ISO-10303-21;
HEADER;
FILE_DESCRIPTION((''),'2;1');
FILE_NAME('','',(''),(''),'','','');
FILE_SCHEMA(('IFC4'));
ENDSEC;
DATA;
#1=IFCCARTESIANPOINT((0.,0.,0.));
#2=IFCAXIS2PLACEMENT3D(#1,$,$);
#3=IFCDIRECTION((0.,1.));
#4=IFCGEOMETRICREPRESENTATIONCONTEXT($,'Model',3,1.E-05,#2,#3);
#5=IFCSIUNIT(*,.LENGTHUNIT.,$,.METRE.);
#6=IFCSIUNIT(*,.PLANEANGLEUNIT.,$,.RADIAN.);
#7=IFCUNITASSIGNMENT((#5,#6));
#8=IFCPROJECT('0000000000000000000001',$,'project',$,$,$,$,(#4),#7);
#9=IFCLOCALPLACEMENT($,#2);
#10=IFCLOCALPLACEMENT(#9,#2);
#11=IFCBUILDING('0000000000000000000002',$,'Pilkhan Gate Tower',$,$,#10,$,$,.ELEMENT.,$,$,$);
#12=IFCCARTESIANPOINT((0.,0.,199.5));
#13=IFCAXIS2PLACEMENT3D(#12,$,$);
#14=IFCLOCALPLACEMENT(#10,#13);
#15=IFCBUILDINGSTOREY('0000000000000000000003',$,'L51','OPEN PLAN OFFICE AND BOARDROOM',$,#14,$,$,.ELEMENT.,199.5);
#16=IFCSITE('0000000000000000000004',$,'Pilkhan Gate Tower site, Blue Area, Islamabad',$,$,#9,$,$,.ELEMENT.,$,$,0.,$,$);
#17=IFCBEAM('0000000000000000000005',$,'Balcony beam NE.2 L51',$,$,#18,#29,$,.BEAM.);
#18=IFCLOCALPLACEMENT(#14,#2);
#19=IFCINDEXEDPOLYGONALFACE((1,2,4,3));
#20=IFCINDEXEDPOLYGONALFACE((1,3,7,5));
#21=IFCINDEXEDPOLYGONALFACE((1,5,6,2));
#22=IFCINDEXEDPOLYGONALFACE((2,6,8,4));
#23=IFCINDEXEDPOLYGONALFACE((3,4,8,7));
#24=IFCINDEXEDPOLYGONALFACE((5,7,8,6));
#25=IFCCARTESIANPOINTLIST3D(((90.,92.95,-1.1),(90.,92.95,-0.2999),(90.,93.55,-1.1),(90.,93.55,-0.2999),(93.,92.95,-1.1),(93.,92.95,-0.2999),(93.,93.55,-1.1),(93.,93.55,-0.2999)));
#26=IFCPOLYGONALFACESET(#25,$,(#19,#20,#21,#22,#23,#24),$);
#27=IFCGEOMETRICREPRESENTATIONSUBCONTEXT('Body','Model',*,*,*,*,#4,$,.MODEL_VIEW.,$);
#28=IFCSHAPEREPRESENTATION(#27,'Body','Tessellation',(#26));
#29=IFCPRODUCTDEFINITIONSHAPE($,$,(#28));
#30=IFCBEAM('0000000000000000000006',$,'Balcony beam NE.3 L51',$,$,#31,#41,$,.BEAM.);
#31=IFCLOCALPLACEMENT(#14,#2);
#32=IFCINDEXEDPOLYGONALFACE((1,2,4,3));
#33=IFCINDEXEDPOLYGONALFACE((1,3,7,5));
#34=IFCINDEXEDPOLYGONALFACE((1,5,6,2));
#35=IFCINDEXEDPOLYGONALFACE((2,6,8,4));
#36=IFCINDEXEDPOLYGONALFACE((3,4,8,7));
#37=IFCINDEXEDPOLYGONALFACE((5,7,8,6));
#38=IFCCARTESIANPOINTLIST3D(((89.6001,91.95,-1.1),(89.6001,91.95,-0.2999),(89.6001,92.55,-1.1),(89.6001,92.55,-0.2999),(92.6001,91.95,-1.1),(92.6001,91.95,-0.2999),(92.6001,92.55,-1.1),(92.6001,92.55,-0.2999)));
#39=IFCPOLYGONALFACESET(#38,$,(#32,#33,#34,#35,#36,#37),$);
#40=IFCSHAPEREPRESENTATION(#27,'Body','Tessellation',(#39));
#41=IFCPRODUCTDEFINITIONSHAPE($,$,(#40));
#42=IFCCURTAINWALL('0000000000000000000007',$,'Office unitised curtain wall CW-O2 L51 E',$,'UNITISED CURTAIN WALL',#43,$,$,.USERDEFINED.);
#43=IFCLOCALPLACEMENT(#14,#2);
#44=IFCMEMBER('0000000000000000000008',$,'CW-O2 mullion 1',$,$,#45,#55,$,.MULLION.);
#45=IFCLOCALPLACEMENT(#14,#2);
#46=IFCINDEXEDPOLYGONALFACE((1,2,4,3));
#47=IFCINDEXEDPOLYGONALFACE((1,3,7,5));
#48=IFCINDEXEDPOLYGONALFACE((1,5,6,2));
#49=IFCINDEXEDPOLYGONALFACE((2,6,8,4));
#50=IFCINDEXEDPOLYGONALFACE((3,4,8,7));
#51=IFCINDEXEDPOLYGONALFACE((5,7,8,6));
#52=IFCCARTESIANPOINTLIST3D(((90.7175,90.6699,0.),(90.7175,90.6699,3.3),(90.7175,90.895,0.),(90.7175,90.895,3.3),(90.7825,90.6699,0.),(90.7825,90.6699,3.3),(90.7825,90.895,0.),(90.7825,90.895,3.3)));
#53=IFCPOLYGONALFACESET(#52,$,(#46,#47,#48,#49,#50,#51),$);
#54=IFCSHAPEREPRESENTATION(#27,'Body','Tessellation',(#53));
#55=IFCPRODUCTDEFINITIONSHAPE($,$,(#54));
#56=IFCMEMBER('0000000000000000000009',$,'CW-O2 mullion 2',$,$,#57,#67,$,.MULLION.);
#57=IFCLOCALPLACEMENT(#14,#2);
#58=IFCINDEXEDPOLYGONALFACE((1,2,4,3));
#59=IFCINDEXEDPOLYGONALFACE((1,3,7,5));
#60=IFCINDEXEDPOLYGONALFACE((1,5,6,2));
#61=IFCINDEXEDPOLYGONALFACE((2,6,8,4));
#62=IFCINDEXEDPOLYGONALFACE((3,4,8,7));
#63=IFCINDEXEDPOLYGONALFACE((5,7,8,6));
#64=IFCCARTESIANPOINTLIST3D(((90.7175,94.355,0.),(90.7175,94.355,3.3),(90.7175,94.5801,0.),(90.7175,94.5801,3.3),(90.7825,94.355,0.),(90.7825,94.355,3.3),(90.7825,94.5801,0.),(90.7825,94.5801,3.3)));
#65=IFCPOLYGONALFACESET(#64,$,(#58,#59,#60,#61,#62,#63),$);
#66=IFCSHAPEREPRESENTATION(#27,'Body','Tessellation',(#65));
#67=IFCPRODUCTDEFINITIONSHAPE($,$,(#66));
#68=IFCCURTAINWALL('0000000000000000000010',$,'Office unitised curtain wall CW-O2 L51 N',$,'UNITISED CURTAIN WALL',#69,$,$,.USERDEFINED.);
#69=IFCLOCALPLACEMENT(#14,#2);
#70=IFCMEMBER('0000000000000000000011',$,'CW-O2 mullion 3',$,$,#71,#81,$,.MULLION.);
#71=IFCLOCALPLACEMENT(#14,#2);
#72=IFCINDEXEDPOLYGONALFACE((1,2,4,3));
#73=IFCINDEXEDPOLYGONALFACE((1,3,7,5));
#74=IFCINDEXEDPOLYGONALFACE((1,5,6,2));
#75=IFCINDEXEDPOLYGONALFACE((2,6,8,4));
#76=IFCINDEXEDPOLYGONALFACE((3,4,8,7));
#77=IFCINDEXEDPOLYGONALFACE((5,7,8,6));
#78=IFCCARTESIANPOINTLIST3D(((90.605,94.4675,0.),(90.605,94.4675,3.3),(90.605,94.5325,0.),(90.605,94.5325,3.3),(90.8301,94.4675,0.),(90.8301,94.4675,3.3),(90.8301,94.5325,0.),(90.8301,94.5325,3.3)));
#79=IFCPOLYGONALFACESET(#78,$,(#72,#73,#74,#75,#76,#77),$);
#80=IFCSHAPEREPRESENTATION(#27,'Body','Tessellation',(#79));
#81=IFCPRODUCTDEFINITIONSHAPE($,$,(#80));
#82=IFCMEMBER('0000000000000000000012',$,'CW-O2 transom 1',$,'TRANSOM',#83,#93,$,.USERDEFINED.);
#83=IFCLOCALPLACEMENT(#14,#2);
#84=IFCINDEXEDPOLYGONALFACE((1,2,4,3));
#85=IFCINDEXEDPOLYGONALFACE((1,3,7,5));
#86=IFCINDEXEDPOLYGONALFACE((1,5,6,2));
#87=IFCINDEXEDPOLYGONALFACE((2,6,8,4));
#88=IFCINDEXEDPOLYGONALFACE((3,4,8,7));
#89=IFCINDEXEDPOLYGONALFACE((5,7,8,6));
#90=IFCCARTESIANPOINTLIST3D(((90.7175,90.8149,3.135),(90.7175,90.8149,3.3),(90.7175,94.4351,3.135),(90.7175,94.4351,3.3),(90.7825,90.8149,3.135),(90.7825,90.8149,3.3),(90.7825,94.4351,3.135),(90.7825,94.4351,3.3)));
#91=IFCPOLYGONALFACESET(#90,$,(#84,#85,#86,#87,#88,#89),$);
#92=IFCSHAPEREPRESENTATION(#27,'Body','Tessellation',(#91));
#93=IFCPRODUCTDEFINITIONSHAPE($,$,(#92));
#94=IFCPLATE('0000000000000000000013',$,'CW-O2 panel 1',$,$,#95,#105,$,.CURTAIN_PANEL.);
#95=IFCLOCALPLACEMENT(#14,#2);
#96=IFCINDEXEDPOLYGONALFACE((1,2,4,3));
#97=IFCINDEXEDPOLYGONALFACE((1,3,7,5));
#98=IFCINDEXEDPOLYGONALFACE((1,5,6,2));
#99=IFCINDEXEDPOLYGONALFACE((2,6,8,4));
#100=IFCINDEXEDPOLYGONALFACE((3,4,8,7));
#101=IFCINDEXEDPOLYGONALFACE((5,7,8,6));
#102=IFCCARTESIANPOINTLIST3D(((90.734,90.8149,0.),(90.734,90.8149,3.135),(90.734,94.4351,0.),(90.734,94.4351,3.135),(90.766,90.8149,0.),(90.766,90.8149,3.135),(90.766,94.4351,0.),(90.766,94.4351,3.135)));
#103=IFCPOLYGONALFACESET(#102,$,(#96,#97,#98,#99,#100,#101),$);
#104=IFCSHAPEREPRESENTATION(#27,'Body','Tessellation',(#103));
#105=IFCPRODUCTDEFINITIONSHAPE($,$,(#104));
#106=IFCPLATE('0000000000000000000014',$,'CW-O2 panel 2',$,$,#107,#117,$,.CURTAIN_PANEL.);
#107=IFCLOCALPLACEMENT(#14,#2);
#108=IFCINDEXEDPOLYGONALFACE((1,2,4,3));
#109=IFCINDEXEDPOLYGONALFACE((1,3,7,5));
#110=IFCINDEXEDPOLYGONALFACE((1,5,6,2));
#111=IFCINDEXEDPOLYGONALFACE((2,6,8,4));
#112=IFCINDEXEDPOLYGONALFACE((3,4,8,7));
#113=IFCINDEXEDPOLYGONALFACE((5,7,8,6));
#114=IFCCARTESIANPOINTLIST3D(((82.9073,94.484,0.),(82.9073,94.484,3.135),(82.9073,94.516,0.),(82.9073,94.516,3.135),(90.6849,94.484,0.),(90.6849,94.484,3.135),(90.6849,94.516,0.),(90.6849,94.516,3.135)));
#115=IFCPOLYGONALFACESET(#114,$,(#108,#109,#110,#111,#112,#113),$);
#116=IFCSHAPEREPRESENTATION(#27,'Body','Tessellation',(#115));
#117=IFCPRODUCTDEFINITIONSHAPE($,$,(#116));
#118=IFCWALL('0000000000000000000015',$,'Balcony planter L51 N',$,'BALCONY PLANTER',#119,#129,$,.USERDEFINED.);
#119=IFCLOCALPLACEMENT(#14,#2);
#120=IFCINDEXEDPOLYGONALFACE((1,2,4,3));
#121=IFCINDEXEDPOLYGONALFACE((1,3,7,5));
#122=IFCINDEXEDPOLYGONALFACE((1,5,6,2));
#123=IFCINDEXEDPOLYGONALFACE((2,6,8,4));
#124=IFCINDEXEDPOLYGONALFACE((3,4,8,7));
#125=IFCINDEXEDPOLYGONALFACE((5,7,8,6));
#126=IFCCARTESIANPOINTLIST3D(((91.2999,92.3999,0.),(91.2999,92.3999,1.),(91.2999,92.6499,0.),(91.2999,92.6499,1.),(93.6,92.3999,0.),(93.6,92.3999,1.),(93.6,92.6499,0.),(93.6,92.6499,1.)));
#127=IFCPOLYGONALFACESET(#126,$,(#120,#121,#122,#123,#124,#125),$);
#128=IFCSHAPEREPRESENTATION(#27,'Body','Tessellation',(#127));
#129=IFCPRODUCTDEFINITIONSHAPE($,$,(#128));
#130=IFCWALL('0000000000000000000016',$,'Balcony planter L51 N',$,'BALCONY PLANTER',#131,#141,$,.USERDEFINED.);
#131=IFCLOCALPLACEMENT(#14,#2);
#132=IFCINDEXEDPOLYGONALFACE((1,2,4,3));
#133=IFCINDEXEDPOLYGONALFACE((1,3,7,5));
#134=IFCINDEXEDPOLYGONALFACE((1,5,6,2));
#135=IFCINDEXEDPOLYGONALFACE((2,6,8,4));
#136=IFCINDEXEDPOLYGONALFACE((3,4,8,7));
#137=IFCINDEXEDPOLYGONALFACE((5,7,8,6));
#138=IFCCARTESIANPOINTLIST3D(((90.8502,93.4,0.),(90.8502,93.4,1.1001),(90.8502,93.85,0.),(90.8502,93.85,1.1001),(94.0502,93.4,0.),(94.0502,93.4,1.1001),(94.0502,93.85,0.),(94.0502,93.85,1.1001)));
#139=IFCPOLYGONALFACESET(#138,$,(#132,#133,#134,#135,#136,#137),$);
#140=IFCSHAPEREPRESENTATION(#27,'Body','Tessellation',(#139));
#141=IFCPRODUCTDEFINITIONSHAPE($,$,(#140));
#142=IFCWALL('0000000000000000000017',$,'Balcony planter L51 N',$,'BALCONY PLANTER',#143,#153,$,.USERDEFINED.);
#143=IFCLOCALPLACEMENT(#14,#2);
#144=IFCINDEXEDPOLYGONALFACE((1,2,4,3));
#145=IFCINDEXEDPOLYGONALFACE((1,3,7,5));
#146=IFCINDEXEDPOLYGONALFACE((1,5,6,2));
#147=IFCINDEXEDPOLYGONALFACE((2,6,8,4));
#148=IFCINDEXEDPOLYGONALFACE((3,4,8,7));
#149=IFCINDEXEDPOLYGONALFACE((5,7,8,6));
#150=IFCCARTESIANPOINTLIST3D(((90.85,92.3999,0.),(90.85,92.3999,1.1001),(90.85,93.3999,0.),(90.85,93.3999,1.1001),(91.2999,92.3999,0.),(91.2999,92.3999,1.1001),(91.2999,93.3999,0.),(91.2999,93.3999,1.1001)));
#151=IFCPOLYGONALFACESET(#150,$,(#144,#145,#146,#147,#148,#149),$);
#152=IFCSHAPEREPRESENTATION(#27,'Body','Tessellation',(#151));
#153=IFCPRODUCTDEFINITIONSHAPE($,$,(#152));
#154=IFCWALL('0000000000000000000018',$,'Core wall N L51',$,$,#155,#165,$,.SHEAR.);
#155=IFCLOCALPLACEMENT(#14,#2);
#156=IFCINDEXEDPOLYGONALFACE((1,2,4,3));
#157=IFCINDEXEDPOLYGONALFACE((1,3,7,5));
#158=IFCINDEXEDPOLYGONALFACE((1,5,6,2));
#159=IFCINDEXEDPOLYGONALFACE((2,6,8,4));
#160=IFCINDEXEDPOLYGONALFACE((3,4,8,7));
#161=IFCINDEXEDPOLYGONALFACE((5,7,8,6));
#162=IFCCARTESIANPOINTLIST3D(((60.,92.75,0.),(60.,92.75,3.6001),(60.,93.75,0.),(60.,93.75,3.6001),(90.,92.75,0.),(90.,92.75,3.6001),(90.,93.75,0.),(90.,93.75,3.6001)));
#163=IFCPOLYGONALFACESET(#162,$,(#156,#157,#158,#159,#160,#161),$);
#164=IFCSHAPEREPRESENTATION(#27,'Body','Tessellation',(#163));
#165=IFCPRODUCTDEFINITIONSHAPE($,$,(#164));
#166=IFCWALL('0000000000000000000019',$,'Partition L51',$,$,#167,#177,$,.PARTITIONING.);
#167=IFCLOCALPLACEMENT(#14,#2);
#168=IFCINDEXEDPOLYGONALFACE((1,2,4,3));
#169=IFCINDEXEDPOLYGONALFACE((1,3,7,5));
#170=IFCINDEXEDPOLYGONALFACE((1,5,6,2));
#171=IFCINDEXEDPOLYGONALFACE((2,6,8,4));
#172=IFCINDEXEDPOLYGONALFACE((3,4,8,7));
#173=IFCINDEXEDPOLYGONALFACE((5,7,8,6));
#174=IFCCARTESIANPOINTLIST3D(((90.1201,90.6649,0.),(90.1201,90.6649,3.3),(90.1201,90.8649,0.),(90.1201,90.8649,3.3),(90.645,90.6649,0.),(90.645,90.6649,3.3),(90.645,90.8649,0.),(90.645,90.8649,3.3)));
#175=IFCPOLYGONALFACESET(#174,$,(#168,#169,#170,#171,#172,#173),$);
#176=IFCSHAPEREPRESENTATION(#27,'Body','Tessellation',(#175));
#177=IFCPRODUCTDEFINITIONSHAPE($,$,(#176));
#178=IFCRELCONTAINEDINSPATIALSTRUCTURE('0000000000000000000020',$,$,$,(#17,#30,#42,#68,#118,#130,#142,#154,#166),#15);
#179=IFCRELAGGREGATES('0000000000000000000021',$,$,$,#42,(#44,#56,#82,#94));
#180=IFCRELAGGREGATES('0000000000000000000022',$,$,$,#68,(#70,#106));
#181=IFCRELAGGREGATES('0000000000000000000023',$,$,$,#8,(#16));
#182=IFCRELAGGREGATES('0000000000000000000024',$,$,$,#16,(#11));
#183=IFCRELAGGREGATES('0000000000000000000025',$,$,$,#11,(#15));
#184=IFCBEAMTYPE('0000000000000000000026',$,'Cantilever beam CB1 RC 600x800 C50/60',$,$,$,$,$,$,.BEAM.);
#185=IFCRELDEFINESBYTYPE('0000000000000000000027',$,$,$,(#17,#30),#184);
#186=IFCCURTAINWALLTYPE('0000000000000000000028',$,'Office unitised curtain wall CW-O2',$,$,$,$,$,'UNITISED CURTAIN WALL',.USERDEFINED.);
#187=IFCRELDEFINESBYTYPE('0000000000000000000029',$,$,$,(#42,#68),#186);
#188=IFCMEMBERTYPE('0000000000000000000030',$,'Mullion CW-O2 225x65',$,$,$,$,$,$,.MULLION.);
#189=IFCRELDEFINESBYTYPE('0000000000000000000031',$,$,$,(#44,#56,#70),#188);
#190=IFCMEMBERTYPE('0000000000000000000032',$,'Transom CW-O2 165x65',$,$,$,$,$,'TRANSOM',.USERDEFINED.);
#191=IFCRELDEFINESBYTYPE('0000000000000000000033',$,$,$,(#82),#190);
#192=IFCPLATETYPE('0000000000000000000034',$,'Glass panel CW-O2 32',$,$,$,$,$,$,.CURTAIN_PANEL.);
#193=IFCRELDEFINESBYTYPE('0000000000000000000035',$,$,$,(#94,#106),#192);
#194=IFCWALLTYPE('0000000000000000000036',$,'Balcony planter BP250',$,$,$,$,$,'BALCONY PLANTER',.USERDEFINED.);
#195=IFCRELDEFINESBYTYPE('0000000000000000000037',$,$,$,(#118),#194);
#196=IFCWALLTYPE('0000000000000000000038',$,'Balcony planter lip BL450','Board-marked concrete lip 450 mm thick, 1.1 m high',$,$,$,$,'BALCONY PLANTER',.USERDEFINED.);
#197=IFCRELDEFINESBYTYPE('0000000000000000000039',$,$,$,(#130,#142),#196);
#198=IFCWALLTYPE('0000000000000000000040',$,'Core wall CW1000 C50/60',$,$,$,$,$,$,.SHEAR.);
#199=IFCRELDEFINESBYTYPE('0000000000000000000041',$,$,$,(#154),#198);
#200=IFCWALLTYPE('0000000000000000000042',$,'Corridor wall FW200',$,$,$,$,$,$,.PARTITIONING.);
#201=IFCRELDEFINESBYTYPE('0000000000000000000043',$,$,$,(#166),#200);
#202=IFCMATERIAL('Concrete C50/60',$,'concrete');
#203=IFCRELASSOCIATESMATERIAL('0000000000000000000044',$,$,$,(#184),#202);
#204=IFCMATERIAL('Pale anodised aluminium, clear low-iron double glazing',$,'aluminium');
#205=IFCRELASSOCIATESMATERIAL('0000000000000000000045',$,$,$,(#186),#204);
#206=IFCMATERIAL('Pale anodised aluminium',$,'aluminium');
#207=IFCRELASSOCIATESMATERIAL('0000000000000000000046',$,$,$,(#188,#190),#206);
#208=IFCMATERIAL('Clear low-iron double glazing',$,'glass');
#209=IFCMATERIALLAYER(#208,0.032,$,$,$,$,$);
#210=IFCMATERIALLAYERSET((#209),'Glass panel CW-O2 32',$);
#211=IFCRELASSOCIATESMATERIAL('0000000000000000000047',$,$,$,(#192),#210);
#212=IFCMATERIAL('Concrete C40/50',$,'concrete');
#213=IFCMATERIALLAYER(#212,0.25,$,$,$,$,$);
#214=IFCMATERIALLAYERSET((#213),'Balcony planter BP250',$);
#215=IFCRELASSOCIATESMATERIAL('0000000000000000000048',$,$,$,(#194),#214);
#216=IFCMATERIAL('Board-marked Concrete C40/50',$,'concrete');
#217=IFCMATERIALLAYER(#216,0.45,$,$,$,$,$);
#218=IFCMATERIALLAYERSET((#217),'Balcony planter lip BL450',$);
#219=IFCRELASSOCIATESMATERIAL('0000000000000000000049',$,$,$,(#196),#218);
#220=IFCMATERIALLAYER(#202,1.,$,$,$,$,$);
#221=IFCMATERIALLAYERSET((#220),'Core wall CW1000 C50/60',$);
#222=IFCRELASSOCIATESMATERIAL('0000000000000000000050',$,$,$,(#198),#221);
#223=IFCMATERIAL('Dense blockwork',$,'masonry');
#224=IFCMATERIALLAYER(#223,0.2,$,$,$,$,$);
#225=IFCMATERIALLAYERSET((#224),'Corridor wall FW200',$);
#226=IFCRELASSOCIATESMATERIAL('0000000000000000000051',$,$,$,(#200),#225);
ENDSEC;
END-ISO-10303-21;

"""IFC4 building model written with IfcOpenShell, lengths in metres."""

from ifc_helpers import new_model, si_unit, direction, frame, frame_2d, origin, origin_2d, place, context, subcontext, project, spatial, rectangle, extrude, material, layer, layer_set, material_profile, profile_set, type_object, element, aggregate, save


model = new_model("IFC4")

# Units and contexts
model_context = context("Model", 3, precision=1e-05, world=origin(), true_north=direction((0.0, 1.0)))
body_context = subcontext(model_context, "Body", "Model", "MODEL_VIEW")
ifc_project = project(units=[si_unit("LENGTHUNIT", "METRE"), si_unit("PLANEANGLEUNIT", "RADIAN")], contexts=[model_context])

# Site, building, storey
site_placement = place(None, origin())
site = spatial("IfcSite", under=ifc_project, at=site_placement, Name="Pilkhan Gate Tower site, Blue Area, Islamabad", CompositionType="ELEMENT", RefElevation=0.0)
building_placement = place(site_placement, origin())
building = spatial("IfcBuilding", under=site, at=building_placement, Name="Pilkhan Gate Tower", CompositionType="ELEMENT")
storey_placement = place(building_placement, frame((0.0, 0.0, 199.5)))
storey = spatial("IfcBuildingStorey", under=building, at=storey_placement, Name="L51", Description="OPEN PLAN OFFICE AND BOARDROOM", CompositionType="ELEMENT", Elevation=199.5)

# Beams
ifc_material_1 = material(Name="Concrete C50/60", Category="concrete")
ifc_material_profile_1 = material_profile(ifc_material_1, rectangle(XDim=0.6001, YDim=0.8, at=origin_2d()), Name="RC 600x800")
ifc_profile_set_1 = profile_set([ifc_material_profile_1], Name="Concrete C50/60")
beam_type = type_object("IfcBeamType", Name="Cantilever beam CB1 RC 600x800 C50/60", PredefinedType="BEAM", material=ifc_profile_set_1)
for number, where, z_axis, x_axis, name in (
    (1, (90.0, 93.25, -0.7), (1.0, 0.0, 0.0), (0.0, 1.0, 0.0), "Balcony beam NE.2 L51"),
    (2, (89.6001, 92.25, -0.7), (1.0, 0.0, 0.0), (0.0, 1.0, 0.0), "Balcony beam NE.3 L51"),
):
    element("IfcBeam", number, at=place(storey_placement, frame(where, z_axis=z_axis, x_axis=x_axis)), inside=storey, type_object=beam_type, Name=name, PredefinedType="BEAM", context=body_context, shape_type="SweptSolid", body=[
        extrude(rectangle(XDim=0.6001, YDim=0.8, at=origin_2d()), origin(), (0.0, 0.0, 1.0), 3.0),
    ])

# Curtain wall, members
ifc_material_2 = material(Name="Pale anodised aluminium, clear low-iron double glazing", Category="aluminium")
curtain_wall_type = type_object("IfcCurtainWallType", Name="Office unitised curtain wall CW-O2", ElementType="UNITISED CURTAIN WALL", PredefinedType="USERDEFINED", material=ifc_material_2)
curtain_wall_1_placement = place(storey_placement, origin())
curtain_wall_1 = element("IfcCurtainWall", 3, at=curtain_wall_1_placement, inside=storey, type_object=curtain_wall_type, Name="Office unitised curtain wall CW-O2 L51 E", ObjectType="UNITISED CURTAIN WALL", PredefinedType="USERDEFINED")
ifc_material_3 = material(Name="Pale anodised aluminium", Category="aluminium")
ifc_material_profile_2 = material_profile(ifc_material_3, rectangle(XDim=0.0649, YDim=0.2251, at=origin_2d()), Name="Mullion 225x65")
ifc_profile_set_2 = profile_set([ifc_material_profile_2], Name="Pale anodised aluminium")
member_type_1 = type_object("IfcMemberType", Name="Mullion CW-O2 225x65", PredefinedType="MULLION", material=ifc_profile_set_2)
member_1_placement = place(storey_placement, frame((90.75, 90.7825, 0.0), z_axis=(0.0, 0.0, 1.0), x_axis=(-1.0, 0.0, 0.0)))
member_1 = element("IfcMember", 4, at=member_1_placement, type_object=member_type_1, Name="CW-O2 mullion 1", PredefinedType="MULLION", context=body_context, shape_type="SweptSolid", body=[
    extrude(rectangle(XDim=0.0649, YDim=0.2251, at=origin_2d()), origin(), (0.0, 0.0, 1.0), 3.3),
])
member_2_placement = place(storey_placement, frame((90.75, 94.4675, 0.0), z_axis=(0.0, 0.0, 1.0), x_axis=(-1.0, 0.0, 0.0)))
member_2 = element("IfcMember", 5, at=member_2_placement, type_object=member_type_1, Name="CW-O2 mullion 2", PredefinedType="MULLION", context=body_context, shape_type="SweptSolid", body=[
    extrude(rectangle(XDim=0.0649, YDim=0.2251, at=origin_2d()), origin(), (0.0, 0.0, 1.0), 3.3),
])

# Curtain wall, member
curtain_wall_2_placement = place(storey_placement, origin())
curtain_wall_2 = element("IfcCurtainWall", 6, at=curtain_wall_2_placement, inside=storey, type_object=curtain_wall_type, Name="Office unitised curtain wall CW-O2 L51 N", ObjectType="UNITISED CURTAIN WALL", PredefinedType="USERDEFINED")
member_3_placement = place(storey_placement, frame((90.7175, 94.5, 0.0), z_axis=(0.0, 0.0, 1.0), x_axis=(0.0, 1.0, 0.0)))
member_3 = element("IfcMember", 7, at=member_3_placement, type_object=member_type_1, Name="CW-O2 mullion 3", PredefinedType="MULLION", context=body_context, shape_type="SweptSolid", body=[
    extrude(rectangle(XDim=0.0649, YDim=0.2251, at=origin_2d()), origin(), (0.0, 0.0, 1.0), 3.3),
])

# Member
ifc_material_profile_3 = material_profile(ifc_material_3, rectangle(XDim=0.0649, YDim=0.165, at=origin_2d()), Name="Transom 165x65")
ifc_profile_set_3 = profile_set([ifc_material_profile_3], Name="Pale anodised aluminium")
member_type_2 = type_object("IfcMemberType", Name="Transom CW-O2 165x65", ElementType="TRANSOM", PredefinedType="USERDEFINED", material=ifc_profile_set_3)
member_4_placement = place(storey_placement, frame((90.75, 90.8149, 3.2175), z_axis=(0.0, 1.0, 0.0), x_axis=(-1.0, 0.0, 0.0)))
member_4 = element("IfcMember", 8, at=member_4_placement, type_object=member_type_2, Name="CW-O2 transom 1", ObjectType="TRANSOM", PredefinedType="USERDEFINED", context=body_context, shape_type="SweptSolid", body=[
    extrude(rectangle(XDim=0.0649, YDim=0.165, at=origin_2d()), origin(), (0.0, 0.0, 1.0), 3.6201),
])

# Plates
ifc_material_4 = material(Name="Clear low-iron double glazing", Category="glass")
ifc_layer_1 = layer(ifc_material_4, 0.032)
ifc_layer_set_1 = layer_set([ifc_layer_1], Name="Glass panel CW-O2 32")
plate_type = type_object("IfcPlateType", Name="Glass panel CW-O2 32", PredefinedType="CURTAIN_PANEL", material=ifc_layer_set_1)
plate_1_placement = place(storey_placement, frame((90.75, 92.625, 0.0), z_axis=(0.0, 0.0, 1.0), x_axis=(0.0, 1.0, 0.0)))
plate_1 = element("IfcPlate", 9, at=plate_1_placement, type_object=plate_type, Name="CW-O2 panel 1", PredefinedType="CURTAIN_PANEL", context=body_context, shape_type="SweptSolid", body=[
    extrude(rectangle(XDim=3.6201, YDim=0.032, at=origin_2d()), origin(), (0.0, 0.0, 1.0), 3.135),
])
aggregate(curtain_wall_1, [member_1, member_2, member_4, plate_1])
plate_2_placement = place(storey_placement, frame((86.7961, 94.5, 0.0), z_axis=(0.0, 0.0, 1.0), x_axis=(1.0, 0.0, 0.0)))
plate_2 = element("IfcPlate", 10, at=plate_2_placement, type_object=plate_type, Name="CW-O2 panel 2", PredefinedType="CURTAIN_PANEL", context=body_context, shape_type="SweptSolid", body=[
    extrude(rectangle(XDim=7.7776, YDim=0.032, at=origin_2d()), origin(), (0.0, 0.0, 1.0), 3.135),
])
aggregate(curtain_wall_2, [member_3, plate_2])

# Walls
ifc_material_5 = material(Name="Concrete C40/50", Category="concrete")
ifc_layer_2 = layer(ifc_material_5, 0.25)
ifc_layer_set_2 = layer_set([ifc_layer_2], Name="Balcony planter BP250")
wall_type_1 = type_object("IfcWallType", Name="Balcony planter BP250", ElementType="BALCONY PLANTER", PredefinedType="USERDEFINED", material=ifc_layer_set_2)
wall_1_placement = place(storey_placement, frame((91.3, 92.5249, 0.0), z_axis=(0.0, 0.0, 1.0), x_axis=(1.0, 0.0, 0.0)))
element("IfcWall", 11, at=wall_1_placement, inside=storey, type_object=wall_type_1, Name="Balcony planter L51 N", ObjectType="BALCONY PLANTER", PredefinedType="USERDEFINED", context=body_context, shape_type="SweptSolid", body=[
    extrude(rectangle(XDim=2.3, YDim=0.25, at=frame_2d((1.1499, 0.0))), origin(), (0.0, 0.0, 1.0), 1.0),
])
ifc_material_6 = material(Name="Board-marked Concrete C40/50", Category="concrete")
ifc_layer_3 = layer(ifc_material_6, 0.45)
ifc_layer_set_3 = layer_set([ifc_layer_3], Name="Balcony planter lip BL450")
wall_type_2 = type_object("IfcWallType", Name="Balcony planter lip BL450", Description="Board-marked concrete lip 450 mm thick, 1.1 m high", ElementType="BALCONY PLANTER", PredefinedType="USERDEFINED", material=ifc_layer_set_3)
wall_2_placement = place(storey_placement, frame((90.8501, 93.625, 0.0), z_axis=(0.0, 0.0, 1.0), x_axis=(1.0, 0.0, 0.0)))
element("IfcWall", 12, at=wall_2_placement, inside=storey, type_object=wall_type_2, Name="Balcony planter L51 N", ObjectType="BALCONY PLANTER", PredefinedType="USERDEFINED", context=body_context, shape_type="SweptSolid", body=[
    extrude(rectangle(XDim=3.2, YDim=0.45, at=frame_2d((1.6001, 0.0))), origin(), (0.0, 0.0, 1.0), 1.1001),
])
wall_3_placement = place(storey_placement, frame((91.075, 92.3999, 0.0), z_axis=(0.0, 0.0, 1.0), x_axis=(0.0, 1.0, 0.0)))
element("IfcWall", 13, at=wall_3_placement, inside=storey, type_object=wall_type_2, Name="Balcony planter L51 N", ObjectType="BALCONY PLANTER", PredefinedType="USERDEFINED", context=body_context, shape_type="SweptSolid", body=[
    extrude(rectangle(XDim=1.0, YDim=0.45, at=frame_2d((0.5, 0.0))), origin(), (0.0, 0.0, 1.0), 1.1001),
])
ifc_layer_4 = layer(ifc_material_1, 1.0)
ifc_layer_set_4 = layer_set([ifc_layer_4], Name="Core wall CW1000 C50/60")
wall_type_3 = type_object("IfcWallType", Name="Core wall CW1000 C50/60", PredefinedType="SHEAR", material=ifc_layer_set_4)
wall_4_placement = place(storey_placement, frame((90.0, 93.25, 0.0), z_axis=(0.0, 0.0, 1.0), x_axis=(-1.0, 0.0, 0.0)))
element("IfcWall", 14, at=wall_4_placement, inside=storey, type_object=wall_type_3, Name="Core wall N L51", PredefinedType="SHEAR", context=body_context, shape_type="SweptSolid", body=[
    extrude(rectangle(XDim=30.0, YDim=1.0, at=frame_2d((15.0, 0.0))), origin(), (0.0, 0.0, 1.0), 3.6001),
])
ifc_material_7 = material(Name="Dense blockwork", Category="masonry")
ifc_layer_5 = layer(ifc_material_7, 0.2)
ifc_layer_set_5 = layer_set([ifc_layer_5], Name="Corridor wall FW200")
wall_type_4 = type_object("IfcWallType", Name="Corridor wall FW200", PredefinedType="PARTITIONING", material=ifc_layer_set_5)
wall_5_placement = place(storey_placement, frame((90.1201, 90.7649, 0.0), z_axis=(0.0, 0.0, 1.0), x_axis=(1.0, 0.0, 0.0)))
element("IfcWall", 15, at=wall_5_placement, inside=storey, type_object=wall_type_4, Name="Partition L51", PredefinedType="PARTITIONING", context=body_context, shape_type="SweptSolid", body=[
    extrude(rectangle(XDim=0.5249, YDim=0.2, at=frame_2d((0.2625, 0.0))), origin(), (0.0, 0.0, 1.0), 3.3),
])

save(model, "model.ifc")
